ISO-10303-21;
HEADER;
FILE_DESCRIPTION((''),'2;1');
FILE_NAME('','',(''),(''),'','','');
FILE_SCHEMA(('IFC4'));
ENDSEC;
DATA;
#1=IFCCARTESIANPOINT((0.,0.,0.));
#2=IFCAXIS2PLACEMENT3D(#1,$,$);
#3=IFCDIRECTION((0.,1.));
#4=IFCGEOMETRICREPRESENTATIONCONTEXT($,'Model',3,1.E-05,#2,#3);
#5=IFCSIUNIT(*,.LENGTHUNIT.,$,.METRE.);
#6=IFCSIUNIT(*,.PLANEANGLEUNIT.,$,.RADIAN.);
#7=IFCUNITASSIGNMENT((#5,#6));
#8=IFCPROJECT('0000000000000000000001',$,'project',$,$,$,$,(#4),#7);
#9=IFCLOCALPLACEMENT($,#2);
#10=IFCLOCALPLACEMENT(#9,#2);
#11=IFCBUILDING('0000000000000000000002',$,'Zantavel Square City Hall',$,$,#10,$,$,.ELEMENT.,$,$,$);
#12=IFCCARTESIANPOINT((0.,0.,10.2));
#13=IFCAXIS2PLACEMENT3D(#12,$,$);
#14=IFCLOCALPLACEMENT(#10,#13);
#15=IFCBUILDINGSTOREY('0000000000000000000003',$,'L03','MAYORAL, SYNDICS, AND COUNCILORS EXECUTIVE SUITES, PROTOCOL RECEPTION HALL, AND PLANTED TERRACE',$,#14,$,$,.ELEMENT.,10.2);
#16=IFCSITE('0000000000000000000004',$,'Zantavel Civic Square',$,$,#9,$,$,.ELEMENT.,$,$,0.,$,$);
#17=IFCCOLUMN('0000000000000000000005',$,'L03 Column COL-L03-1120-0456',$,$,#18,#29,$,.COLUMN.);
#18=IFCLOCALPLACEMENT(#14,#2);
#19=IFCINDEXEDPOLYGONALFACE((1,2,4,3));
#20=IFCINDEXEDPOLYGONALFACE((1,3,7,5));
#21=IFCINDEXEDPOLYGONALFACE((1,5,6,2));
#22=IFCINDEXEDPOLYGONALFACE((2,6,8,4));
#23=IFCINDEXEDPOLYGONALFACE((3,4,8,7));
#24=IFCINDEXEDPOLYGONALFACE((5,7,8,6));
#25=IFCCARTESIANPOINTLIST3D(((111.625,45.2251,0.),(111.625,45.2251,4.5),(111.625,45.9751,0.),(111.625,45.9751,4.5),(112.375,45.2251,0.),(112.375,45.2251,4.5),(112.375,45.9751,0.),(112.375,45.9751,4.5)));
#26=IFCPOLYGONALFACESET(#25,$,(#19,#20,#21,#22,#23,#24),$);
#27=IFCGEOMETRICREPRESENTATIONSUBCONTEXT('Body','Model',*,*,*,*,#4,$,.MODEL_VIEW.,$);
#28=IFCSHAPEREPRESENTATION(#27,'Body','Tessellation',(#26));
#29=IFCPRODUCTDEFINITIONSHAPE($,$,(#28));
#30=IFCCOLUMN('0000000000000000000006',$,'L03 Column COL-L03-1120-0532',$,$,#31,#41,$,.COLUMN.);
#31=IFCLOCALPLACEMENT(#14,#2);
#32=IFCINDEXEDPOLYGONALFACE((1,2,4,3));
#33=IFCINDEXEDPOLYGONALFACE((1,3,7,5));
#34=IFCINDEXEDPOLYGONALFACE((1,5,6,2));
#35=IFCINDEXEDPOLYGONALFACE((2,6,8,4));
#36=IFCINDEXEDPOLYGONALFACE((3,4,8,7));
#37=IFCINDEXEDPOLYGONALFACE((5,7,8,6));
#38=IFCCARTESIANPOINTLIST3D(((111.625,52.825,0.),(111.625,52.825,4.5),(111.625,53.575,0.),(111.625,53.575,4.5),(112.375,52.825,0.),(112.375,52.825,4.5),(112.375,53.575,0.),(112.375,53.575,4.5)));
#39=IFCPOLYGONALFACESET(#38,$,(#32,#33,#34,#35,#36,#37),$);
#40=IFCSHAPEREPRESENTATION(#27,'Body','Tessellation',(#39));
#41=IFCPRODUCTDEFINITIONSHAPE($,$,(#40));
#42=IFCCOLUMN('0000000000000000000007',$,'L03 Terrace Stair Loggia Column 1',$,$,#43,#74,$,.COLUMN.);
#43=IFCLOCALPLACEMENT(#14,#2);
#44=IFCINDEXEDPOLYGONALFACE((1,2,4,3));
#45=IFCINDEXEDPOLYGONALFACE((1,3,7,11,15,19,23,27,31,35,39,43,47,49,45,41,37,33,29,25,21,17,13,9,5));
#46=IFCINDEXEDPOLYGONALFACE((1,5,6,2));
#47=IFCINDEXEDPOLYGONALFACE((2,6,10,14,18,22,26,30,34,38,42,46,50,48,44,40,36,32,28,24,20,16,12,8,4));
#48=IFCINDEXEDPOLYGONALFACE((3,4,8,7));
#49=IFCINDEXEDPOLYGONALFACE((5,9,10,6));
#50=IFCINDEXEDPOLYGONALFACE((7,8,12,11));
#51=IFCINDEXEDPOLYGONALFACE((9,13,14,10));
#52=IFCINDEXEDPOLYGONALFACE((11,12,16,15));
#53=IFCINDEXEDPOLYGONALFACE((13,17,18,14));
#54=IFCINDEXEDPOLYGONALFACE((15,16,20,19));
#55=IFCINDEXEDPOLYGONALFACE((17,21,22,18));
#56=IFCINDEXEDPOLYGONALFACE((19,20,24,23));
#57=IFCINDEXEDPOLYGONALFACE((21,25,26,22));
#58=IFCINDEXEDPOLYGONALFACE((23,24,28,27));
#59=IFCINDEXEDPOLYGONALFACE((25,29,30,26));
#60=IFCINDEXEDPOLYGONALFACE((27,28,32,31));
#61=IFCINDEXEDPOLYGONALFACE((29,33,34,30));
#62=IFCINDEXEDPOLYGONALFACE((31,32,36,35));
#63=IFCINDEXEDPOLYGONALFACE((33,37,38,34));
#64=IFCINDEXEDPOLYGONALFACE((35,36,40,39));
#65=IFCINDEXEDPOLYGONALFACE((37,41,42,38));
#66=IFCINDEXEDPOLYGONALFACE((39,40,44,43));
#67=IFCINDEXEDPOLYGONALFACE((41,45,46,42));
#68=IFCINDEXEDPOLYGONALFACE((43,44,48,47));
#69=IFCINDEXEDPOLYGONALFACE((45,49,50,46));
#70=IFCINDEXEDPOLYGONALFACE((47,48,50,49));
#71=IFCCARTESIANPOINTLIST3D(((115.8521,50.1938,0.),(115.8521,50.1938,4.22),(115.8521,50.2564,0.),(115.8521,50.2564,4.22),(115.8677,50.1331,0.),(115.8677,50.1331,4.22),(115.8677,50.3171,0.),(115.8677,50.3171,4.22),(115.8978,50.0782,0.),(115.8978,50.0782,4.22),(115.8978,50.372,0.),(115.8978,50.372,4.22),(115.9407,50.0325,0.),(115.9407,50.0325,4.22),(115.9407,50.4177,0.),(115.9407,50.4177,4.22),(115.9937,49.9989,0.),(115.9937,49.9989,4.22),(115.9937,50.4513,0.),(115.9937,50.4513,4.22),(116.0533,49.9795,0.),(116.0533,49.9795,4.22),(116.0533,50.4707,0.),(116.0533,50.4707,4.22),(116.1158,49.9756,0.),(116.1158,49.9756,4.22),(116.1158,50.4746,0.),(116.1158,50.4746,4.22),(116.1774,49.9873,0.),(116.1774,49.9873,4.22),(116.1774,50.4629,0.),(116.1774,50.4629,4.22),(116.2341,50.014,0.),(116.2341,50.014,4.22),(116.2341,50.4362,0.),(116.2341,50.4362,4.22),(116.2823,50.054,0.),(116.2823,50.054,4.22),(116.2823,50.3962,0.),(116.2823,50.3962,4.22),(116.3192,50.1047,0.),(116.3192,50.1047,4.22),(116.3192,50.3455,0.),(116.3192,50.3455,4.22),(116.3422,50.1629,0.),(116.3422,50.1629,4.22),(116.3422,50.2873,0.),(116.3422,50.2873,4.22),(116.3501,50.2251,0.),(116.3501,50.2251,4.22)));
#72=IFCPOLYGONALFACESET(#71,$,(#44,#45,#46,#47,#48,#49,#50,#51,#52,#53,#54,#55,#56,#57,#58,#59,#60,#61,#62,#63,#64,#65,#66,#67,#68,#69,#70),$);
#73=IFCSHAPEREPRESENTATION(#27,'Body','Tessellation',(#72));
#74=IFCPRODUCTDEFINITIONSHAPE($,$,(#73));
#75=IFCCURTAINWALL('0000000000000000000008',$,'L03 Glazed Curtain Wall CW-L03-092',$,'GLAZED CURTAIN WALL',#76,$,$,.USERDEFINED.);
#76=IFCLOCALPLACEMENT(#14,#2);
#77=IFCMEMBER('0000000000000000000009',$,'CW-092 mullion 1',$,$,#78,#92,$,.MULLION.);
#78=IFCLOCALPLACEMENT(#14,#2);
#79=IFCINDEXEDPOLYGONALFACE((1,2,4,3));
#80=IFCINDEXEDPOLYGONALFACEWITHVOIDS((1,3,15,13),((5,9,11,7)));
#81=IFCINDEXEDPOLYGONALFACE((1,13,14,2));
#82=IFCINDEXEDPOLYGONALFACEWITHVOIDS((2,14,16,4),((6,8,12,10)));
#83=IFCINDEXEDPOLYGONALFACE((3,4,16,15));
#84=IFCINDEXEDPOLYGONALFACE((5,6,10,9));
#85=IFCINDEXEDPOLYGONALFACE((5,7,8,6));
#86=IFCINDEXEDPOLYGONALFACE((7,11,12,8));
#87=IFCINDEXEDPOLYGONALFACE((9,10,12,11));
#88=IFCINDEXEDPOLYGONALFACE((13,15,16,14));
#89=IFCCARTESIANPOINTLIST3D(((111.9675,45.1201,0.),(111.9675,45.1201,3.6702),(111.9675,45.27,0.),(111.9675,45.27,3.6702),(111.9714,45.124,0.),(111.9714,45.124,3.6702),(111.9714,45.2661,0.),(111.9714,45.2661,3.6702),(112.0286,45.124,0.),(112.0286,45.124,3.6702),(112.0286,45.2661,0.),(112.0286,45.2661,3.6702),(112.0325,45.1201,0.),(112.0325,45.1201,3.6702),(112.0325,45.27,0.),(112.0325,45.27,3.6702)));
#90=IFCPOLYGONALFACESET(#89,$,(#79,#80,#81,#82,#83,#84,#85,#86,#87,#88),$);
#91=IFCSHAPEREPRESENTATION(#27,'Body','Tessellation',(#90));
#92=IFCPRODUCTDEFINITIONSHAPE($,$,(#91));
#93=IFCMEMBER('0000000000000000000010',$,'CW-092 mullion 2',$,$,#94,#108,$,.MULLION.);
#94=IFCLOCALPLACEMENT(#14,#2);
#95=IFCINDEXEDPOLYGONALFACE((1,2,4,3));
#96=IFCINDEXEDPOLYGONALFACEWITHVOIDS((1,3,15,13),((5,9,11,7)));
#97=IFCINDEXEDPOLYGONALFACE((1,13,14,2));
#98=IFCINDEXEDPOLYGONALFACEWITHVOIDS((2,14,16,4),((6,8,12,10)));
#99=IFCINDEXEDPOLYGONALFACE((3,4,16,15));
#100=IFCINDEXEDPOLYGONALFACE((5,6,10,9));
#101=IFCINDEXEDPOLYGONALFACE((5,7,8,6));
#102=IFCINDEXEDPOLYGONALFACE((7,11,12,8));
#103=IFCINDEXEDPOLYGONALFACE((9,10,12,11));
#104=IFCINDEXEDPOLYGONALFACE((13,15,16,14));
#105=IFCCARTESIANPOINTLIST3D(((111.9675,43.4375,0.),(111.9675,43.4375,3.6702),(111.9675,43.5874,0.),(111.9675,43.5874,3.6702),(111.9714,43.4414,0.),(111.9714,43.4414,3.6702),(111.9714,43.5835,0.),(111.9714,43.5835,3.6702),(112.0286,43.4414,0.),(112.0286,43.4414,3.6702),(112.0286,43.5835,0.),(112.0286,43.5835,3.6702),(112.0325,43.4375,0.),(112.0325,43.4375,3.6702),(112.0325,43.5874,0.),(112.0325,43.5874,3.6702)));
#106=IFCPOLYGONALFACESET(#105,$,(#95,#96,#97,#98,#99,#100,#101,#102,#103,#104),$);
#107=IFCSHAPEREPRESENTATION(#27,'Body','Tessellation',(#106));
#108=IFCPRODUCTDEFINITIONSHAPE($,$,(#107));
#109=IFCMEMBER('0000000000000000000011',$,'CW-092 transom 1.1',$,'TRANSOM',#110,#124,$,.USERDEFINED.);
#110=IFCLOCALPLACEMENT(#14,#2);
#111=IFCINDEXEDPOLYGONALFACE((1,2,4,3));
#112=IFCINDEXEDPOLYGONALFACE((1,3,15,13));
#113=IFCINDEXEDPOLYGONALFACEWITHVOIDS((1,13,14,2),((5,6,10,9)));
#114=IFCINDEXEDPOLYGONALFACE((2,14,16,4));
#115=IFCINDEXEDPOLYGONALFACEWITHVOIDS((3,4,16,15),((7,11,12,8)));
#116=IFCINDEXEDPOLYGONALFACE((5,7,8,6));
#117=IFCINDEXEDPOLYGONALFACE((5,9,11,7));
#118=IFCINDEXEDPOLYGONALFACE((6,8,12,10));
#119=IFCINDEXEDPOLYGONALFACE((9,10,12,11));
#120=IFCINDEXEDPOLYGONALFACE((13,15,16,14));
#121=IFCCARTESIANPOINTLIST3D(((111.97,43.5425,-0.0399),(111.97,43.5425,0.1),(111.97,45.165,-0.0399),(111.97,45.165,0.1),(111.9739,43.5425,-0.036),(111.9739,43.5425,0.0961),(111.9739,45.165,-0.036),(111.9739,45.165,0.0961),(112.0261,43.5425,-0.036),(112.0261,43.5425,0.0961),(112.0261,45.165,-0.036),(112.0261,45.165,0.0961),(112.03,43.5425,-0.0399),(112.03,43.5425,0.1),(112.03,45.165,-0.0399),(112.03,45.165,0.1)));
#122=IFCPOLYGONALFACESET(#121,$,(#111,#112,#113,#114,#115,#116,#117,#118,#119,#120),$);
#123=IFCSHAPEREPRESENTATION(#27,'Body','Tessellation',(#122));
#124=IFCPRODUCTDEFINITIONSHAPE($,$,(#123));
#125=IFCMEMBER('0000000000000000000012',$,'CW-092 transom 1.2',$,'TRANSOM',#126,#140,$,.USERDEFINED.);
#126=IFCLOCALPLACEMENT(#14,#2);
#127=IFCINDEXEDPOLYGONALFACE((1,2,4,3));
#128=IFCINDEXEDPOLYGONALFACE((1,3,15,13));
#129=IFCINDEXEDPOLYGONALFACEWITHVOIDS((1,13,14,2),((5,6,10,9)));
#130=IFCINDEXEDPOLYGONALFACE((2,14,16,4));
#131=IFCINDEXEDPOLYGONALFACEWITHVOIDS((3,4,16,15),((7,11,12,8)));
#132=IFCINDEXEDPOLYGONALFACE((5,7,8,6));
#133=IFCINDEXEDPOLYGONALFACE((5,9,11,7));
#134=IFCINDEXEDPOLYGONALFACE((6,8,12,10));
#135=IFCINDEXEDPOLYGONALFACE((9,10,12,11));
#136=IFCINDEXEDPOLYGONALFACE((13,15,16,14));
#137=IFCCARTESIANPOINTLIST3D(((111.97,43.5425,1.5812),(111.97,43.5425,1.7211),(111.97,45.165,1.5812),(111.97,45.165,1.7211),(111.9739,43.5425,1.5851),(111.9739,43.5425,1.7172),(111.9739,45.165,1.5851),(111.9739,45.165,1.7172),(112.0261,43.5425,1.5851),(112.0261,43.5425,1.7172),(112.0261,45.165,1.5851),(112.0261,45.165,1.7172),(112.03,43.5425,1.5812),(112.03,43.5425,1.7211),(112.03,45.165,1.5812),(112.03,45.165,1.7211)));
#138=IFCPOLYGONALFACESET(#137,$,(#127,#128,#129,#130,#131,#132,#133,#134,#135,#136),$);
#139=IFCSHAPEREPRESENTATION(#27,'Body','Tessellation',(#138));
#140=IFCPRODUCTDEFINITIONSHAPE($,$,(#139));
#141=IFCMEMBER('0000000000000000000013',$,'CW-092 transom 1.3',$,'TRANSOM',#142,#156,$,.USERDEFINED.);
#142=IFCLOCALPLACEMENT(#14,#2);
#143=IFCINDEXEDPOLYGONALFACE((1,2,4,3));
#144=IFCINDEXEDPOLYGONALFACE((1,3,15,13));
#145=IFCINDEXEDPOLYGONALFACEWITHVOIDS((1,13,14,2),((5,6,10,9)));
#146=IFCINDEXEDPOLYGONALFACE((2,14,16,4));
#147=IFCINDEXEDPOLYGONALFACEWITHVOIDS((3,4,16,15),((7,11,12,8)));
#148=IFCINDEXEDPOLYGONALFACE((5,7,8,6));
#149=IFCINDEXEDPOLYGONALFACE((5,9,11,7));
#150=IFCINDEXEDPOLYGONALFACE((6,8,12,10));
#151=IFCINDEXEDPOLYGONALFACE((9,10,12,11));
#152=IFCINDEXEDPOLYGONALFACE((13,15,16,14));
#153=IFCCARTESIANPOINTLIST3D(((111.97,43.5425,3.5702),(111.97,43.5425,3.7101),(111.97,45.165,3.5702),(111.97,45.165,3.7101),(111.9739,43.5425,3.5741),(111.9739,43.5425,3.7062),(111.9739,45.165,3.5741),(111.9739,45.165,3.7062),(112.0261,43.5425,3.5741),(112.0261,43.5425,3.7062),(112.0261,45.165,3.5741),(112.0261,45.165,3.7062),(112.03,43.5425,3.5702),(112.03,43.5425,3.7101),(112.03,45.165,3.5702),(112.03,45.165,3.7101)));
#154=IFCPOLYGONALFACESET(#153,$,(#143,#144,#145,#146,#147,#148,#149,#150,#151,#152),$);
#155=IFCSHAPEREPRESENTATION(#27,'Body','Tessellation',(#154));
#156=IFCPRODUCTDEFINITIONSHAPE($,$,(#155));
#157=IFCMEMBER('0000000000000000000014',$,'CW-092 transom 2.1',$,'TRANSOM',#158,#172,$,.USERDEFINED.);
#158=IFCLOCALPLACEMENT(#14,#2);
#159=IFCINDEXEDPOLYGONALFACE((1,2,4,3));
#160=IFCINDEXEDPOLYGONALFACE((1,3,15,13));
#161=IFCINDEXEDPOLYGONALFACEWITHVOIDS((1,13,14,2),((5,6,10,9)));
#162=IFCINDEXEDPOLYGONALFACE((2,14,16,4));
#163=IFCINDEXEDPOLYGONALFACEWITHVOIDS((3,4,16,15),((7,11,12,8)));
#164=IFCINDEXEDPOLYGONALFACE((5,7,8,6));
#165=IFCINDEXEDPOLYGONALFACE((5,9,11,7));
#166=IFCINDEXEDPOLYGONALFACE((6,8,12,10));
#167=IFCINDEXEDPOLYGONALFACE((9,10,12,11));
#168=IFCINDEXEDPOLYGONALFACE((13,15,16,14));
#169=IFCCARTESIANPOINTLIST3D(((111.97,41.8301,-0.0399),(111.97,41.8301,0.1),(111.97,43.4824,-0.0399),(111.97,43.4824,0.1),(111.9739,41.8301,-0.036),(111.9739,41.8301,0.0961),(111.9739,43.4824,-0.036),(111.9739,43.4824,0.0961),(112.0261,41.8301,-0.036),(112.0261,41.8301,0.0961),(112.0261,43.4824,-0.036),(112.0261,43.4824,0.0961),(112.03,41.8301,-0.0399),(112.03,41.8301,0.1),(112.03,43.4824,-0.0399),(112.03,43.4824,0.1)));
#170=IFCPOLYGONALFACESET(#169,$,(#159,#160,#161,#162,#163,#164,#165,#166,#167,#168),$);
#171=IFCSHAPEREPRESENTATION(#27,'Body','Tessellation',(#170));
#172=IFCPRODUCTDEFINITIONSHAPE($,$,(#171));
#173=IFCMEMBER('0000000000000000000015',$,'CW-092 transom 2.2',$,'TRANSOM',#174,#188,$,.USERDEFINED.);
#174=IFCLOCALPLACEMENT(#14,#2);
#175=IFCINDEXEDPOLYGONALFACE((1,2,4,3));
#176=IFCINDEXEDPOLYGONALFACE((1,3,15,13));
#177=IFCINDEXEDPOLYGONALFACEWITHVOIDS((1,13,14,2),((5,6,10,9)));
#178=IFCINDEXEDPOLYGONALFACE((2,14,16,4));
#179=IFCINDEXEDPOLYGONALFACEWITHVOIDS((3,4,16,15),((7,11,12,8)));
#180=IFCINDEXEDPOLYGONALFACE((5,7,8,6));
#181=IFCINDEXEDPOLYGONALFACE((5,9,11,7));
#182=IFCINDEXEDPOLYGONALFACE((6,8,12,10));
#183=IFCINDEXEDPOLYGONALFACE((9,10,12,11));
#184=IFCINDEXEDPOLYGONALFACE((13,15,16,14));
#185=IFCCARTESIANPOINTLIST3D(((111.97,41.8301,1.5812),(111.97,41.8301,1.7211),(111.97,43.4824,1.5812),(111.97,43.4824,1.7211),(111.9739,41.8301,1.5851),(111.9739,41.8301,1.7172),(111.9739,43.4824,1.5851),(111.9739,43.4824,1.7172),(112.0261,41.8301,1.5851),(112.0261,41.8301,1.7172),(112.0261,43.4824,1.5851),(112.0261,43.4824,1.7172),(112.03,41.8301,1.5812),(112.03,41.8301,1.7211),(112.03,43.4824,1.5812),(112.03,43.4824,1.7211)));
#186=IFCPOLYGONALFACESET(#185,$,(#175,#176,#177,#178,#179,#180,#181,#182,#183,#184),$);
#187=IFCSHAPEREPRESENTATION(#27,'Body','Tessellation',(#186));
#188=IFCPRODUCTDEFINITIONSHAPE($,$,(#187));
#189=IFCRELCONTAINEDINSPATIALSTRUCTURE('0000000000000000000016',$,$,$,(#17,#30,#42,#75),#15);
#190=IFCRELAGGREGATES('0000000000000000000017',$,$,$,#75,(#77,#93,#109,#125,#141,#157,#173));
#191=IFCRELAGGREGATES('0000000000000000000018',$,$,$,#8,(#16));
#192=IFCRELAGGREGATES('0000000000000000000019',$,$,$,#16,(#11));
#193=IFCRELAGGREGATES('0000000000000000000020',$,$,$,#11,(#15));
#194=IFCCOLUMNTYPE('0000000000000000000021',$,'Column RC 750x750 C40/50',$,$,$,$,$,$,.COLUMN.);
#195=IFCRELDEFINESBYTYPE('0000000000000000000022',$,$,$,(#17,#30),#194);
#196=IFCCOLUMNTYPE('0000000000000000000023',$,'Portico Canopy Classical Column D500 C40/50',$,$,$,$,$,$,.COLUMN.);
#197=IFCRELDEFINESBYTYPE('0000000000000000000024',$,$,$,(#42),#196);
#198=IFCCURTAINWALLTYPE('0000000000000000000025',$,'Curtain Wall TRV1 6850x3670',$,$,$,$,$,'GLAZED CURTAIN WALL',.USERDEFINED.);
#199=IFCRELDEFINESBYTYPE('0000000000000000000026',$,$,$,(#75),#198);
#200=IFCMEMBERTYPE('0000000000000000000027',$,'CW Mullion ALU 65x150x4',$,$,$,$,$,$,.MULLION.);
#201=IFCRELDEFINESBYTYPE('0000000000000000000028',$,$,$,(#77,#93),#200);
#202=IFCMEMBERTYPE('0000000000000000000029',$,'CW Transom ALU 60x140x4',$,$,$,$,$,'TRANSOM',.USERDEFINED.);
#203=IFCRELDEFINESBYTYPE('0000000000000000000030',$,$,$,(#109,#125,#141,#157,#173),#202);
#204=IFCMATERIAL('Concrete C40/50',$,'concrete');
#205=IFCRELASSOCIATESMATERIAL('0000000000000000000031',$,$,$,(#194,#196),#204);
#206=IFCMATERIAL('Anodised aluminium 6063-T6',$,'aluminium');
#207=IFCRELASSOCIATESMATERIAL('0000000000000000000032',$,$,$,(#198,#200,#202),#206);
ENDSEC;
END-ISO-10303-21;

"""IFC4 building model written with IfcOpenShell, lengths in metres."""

from ifc_helpers import new_model, si_unit, direction, frame, origin, origin_2d, place, context, subcontext, project, spatial, rectangle, hollow_rectangle, circle, extrude, material, material_profile, profile_set, type_object, element, aggregate, save


model = new_model("IFC4")

# Units and contexts
model_context = context("Model", 3, precision=1e-05, world=origin(), true_north=direction((0.0, 1.0)))
body_context = subcontext(model_context, "Body", "Model", "MODEL_VIEW")
ifc_project = project(units=[si_unit("LENGTHUNIT", "METRE"), si_unit("PLANEANGLEUNIT", "RADIAN")], contexts=[model_context])

# Site, building, storey
site_placement = place(None, origin())
site = spatial("IfcSite", under=ifc_project, at=site_placement, Name="Zantavel Civic Square", CompositionType="ELEMENT", RefElevation=0.0)
building_placement = place(site_placement, origin())
building = spatial("IfcBuilding", under=site, at=building_placement, Name="Zantavel Square City Hall", CompositionType="ELEMENT")
storey_placement = place(building_placement, frame((0.0, 0.0, 10.2)))
storey = spatial("IfcBuildingStorey", under=building, at=storey_placement, Name="L03", Description="MAYORAL, SYNDICS, AND COUNCILORS EXECUTIVE SUITES, PROTOCOL RECEPTION HALL, AND PLANTED TERRACE", CompositionType="ELEMENT", Elevation=10.2)

# Columns
ifc_material_1 = material(Name="Concrete C40/50", Category="concrete")
ifc_material_profile_1 = material_profile(ifc_material_1, rectangle(XDim=0.75, YDim=0.75, at=origin_2d()), Name="RC 750x750")
ifc_profile_set_1 = profile_set([ifc_material_profile_1], Name="Concrete C40/50")
column_type_1 = type_object("IfcColumnType", Name="Column RC 750x750 C40/50", PredefinedType="COLUMN", material=ifc_profile_set_1)
for number, where, z_axis, x_axis, name in (
    (1, (112.0, 45.6001, 0.0), (0.0, 0.0, 1.0), (1.0, 0.0, 0.0), "L03 Column COL-L03-1120-0456"),
    (2, (112.0, 53.2, 0.0), (0.0, 0.0, 1.0), (1.0, 0.0, 0.0), "L03 Column COL-L03-1120-0532"),
):
    element("IfcColumn", number, at=place(storey_placement, frame(where, z_axis=z_axis, x_axis=x_axis)), inside=storey, type_object=column_type_1, Name=name, PredefinedType="COLUMN", context=body_context, shape_type="SweptSolid", body=[
        extrude(rectangle(XDim=0.75, YDim=0.75, at=origin_2d()), origin(), (0.0, 0.0, 1.0), 4.5),
    ])
ifc_material_profile_2 = material_profile(ifc_material_1, circle(Radius=0.25, at=origin_2d()), Name="ROUND D500")
ifc_profile_set_2 = profile_set([ifc_material_profile_2], Name="Concrete C40/50")
column_type_2 = type_object("IfcColumnType", Name="Portico Canopy Classical Column D500 C40/50", PredefinedType="COLUMN", material=ifc_profile_set_2)
column_placement = place(storey_placement, frame((116.1001, 50.2251, 0.0), z_axis=(0.0, 0.0, 1.0), x_axis=(1.0, 0.0, 0.0)))
element("IfcColumn", 3, at=column_placement, inside=storey, type_object=column_type_2, Name="L03 Terrace Stair Loggia Column 1", PredefinedType="COLUMN", context=body_context, shape_type="SweptSolid", body=[
    extrude(circle(Radius=0.25, at=origin_2d()), origin(), (0.0, 0.0, 1.0), 4.22),
])

# Curtain wall, members
ifc_material_2 = material(Name="Anodised aluminium 6063-T6", Category="aluminium")
curtain_wall_type = type_object("IfcCurtainWallType", Name="Curtain Wall TRV1 6850x3670", ElementType="GLAZED CURTAIN WALL", PredefinedType="USERDEFINED", material=ifc_material_2)
curtain_wall_placement = place(storey_placement, origin())
curtain_wall = element("IfcCurtainWall", 4, at=curtain_wall_placement, inside=storey, type_object=curtain_wall_type, Name="L03 Glazed Curtain Wall CW-L03-092", ObjectType="GLAZED CURTAIN WALL", PredefinedType="USERDEFINED")
ifc_material_profile_3 = material_profile(ifc_material_2, hollow_rectangle(XDim=0.0649, YDim=0.1499, WallThickness=0.0039, at=origin_2d()), Name="ALU 65x150x4")
ifc_profile_set_3 = profile_set([ifc_material_profile_3], Name="Anodised aluminium 6063-T6")
member_type_1 = type_object("IfcMemberType", Name="CW Mullion ALU 65x150x4", PredefinedType="MULLION", material=ifc_profile_set_3)
member_1_placement = place(storey_placement, frame((112.0, 45.1951, 0.0), z_axis=(0.0, 0.0, 1.0), x_axis=(1.0, 0.0, 0.0)))
member_1 = element("IfcMember", 5, at=member_1_placement, type_object=member_type_1, Name="CW-092 mullion 1", PredefinedType="MULLION", context=body_context, shape_type="SweptSolid", body=[
    extrude(hollow_rectangle(XDim=0.0649, YDim=0.1499, WallThickness=0.0039, at=origin_2d()), origin(), (0.0, 0.0, 1.0), 3.6702),
])
member_2_placement = place(storey_placement, frame((112.0, 43.5125, 0.0), z_axis=(0.0, 0.0, 1.0), x_axis=(1.0, 0.0, 0.0)))
member_2 = element("IfcMember", 6, at=member_2_placement, type_object=member_type_1, Name="CW-092 mullion 2", PredefinedType="MULLION", context=body_context, shape_type="SweptSolid", body=[
    extrude(hollow_rectangle(XDim=0.0649, YDim=0.1499, WallThickness=0.0039, at=origin_2d()), origin(), (0.0, 0.0, 1.0), 3.6702),
])
ifc_material_profile_4 = material_profile(ifc_material_2, hollow_rectangle(XDim=0.0601, YDim=0.1399, WallThickness=0.0039, at=origin_2d()), Name="ALU 60x140x4")
ifc_profile_set_4 = profile_set([ifc_material_profile_4], Name="Anodised aluminium 6063-T6")
member_type_2 = type_object("IfcMemberType", Name="CW Transom ALU 60x140x4", ElementType="TRANSOM", PredefinedType="USERDEFINED", material=ifc_profile_set_4)
member_3_placement = place(storey_placement, frame((112.0, 45.165, 0.03), z_axis=(0.0, -1.0, 0.0), x_axis=(1.0, 0.0, 0.0)))
member_3 = element("IfcMember", 7, at=member_3_placement, type_object=member_type_2, Name="CW-092 transom 1.1", ObjectType="TRANSOM", PredefinedType="USERDEFINED", context=body_context, shape_type="SweptSolid", body=[
    extrude(hollow_rectangle(XDim=0.0601, YDim=0.1399, WallThickness=0.0039, at=origin_2d()), origin(), (0.0, 0.0, 1.0), 1.6226),
])
member_4_placement = place(storey_placement, frame((112.0, 45.165, 1.6511), z_axis=(0.0, -1.0, 0.0), x_axis=(1.0, 0.0, 0.0)))
member_4 = element("IfcMember", 8, at=member_4_placement, type_object=member_type_2, Name="CW-092 transom 1.2", ObjectType="TRANSOM", PredefinedType="USERDEFINED", context=body_context, shape_type="SweptSolid", body=[
    extrude(hollow_rectangle(XDim=0.0601, YDim=0.1399, WallThickness=0.0039, at=origin_2d()), origin(), (0.0, 0.0, 1.0), 1.6226),
])
member_5_placement = place(storey_placement, frame((112.0, 45.165, 3.6401), z_axis=(0.0, -1.0, 0.0), x_axis=(1.0, 0.0, 0.0)))
member_5 = element("IfcMember", 9, at=member_5_placement, type_object=member_type_2, Name="CW-092 transom 1.3", ObjectType="TRANSOM", PredefinedType="USERDEFINED", context=body_context, shape_type="SweptSolid", body=[
    extrude(hollow_rectangle(XDim=0.0601, YDim=0.1399, WallThickness=0.0039, at=origin_2d()), origin(), (0.0, 0.0, 1.0), 1.6226),
])
member_6_placement = place(storey_placement, frame((112.0, 43.4824, 0.03), z_axis=(0.0, -1.0, 0.0), x_axis=(1.0, 0.0, 0.0)))
member_6 = element("IfcMember", 10, at=member_6_placement, type_object=member_type_2, Name="CW-092 transom 2.1", ObjectType="TRANSOM", PredefinedType="USERDEFINED", context=body_context, shape_type="SweptSolid", body=[
    extrude(hollow_rectangle(XDim=0.0601, YDim=0.1399, WallThickness=0.0039, at=origin_2d()), origin(), (0.0, 0.0, 1.0), 1.6523),
])
member_7_placement = place(storey_placement, frame((112.0, 43.4824, 1.6511), z_axis=(0.0, -1.0, 0.0), x_axis=(1.0, 0.0, 0.0)))
member_7 = element("IfcMember", 11, at=member_7_placement, type_object=member_type_2, Name="CW-092 transom 2.2", ObjectType="TRANSOM", PredefinedType="USERDEFINED", context=body_context, shape_type="SweptSolid", body=[
    extrude(hollow_rectangle(XDim=0.0601, YDim=0.1399, WallThickness=0.0039, at=origin_2d()), origin(), (0.0, 0.0, 1.0), 1.6523),
])

aggregate(curtain_wall, [member_1, member_2, member_3, member_4, member_5, member_6, member_7])

save(model, "model.ifc")
